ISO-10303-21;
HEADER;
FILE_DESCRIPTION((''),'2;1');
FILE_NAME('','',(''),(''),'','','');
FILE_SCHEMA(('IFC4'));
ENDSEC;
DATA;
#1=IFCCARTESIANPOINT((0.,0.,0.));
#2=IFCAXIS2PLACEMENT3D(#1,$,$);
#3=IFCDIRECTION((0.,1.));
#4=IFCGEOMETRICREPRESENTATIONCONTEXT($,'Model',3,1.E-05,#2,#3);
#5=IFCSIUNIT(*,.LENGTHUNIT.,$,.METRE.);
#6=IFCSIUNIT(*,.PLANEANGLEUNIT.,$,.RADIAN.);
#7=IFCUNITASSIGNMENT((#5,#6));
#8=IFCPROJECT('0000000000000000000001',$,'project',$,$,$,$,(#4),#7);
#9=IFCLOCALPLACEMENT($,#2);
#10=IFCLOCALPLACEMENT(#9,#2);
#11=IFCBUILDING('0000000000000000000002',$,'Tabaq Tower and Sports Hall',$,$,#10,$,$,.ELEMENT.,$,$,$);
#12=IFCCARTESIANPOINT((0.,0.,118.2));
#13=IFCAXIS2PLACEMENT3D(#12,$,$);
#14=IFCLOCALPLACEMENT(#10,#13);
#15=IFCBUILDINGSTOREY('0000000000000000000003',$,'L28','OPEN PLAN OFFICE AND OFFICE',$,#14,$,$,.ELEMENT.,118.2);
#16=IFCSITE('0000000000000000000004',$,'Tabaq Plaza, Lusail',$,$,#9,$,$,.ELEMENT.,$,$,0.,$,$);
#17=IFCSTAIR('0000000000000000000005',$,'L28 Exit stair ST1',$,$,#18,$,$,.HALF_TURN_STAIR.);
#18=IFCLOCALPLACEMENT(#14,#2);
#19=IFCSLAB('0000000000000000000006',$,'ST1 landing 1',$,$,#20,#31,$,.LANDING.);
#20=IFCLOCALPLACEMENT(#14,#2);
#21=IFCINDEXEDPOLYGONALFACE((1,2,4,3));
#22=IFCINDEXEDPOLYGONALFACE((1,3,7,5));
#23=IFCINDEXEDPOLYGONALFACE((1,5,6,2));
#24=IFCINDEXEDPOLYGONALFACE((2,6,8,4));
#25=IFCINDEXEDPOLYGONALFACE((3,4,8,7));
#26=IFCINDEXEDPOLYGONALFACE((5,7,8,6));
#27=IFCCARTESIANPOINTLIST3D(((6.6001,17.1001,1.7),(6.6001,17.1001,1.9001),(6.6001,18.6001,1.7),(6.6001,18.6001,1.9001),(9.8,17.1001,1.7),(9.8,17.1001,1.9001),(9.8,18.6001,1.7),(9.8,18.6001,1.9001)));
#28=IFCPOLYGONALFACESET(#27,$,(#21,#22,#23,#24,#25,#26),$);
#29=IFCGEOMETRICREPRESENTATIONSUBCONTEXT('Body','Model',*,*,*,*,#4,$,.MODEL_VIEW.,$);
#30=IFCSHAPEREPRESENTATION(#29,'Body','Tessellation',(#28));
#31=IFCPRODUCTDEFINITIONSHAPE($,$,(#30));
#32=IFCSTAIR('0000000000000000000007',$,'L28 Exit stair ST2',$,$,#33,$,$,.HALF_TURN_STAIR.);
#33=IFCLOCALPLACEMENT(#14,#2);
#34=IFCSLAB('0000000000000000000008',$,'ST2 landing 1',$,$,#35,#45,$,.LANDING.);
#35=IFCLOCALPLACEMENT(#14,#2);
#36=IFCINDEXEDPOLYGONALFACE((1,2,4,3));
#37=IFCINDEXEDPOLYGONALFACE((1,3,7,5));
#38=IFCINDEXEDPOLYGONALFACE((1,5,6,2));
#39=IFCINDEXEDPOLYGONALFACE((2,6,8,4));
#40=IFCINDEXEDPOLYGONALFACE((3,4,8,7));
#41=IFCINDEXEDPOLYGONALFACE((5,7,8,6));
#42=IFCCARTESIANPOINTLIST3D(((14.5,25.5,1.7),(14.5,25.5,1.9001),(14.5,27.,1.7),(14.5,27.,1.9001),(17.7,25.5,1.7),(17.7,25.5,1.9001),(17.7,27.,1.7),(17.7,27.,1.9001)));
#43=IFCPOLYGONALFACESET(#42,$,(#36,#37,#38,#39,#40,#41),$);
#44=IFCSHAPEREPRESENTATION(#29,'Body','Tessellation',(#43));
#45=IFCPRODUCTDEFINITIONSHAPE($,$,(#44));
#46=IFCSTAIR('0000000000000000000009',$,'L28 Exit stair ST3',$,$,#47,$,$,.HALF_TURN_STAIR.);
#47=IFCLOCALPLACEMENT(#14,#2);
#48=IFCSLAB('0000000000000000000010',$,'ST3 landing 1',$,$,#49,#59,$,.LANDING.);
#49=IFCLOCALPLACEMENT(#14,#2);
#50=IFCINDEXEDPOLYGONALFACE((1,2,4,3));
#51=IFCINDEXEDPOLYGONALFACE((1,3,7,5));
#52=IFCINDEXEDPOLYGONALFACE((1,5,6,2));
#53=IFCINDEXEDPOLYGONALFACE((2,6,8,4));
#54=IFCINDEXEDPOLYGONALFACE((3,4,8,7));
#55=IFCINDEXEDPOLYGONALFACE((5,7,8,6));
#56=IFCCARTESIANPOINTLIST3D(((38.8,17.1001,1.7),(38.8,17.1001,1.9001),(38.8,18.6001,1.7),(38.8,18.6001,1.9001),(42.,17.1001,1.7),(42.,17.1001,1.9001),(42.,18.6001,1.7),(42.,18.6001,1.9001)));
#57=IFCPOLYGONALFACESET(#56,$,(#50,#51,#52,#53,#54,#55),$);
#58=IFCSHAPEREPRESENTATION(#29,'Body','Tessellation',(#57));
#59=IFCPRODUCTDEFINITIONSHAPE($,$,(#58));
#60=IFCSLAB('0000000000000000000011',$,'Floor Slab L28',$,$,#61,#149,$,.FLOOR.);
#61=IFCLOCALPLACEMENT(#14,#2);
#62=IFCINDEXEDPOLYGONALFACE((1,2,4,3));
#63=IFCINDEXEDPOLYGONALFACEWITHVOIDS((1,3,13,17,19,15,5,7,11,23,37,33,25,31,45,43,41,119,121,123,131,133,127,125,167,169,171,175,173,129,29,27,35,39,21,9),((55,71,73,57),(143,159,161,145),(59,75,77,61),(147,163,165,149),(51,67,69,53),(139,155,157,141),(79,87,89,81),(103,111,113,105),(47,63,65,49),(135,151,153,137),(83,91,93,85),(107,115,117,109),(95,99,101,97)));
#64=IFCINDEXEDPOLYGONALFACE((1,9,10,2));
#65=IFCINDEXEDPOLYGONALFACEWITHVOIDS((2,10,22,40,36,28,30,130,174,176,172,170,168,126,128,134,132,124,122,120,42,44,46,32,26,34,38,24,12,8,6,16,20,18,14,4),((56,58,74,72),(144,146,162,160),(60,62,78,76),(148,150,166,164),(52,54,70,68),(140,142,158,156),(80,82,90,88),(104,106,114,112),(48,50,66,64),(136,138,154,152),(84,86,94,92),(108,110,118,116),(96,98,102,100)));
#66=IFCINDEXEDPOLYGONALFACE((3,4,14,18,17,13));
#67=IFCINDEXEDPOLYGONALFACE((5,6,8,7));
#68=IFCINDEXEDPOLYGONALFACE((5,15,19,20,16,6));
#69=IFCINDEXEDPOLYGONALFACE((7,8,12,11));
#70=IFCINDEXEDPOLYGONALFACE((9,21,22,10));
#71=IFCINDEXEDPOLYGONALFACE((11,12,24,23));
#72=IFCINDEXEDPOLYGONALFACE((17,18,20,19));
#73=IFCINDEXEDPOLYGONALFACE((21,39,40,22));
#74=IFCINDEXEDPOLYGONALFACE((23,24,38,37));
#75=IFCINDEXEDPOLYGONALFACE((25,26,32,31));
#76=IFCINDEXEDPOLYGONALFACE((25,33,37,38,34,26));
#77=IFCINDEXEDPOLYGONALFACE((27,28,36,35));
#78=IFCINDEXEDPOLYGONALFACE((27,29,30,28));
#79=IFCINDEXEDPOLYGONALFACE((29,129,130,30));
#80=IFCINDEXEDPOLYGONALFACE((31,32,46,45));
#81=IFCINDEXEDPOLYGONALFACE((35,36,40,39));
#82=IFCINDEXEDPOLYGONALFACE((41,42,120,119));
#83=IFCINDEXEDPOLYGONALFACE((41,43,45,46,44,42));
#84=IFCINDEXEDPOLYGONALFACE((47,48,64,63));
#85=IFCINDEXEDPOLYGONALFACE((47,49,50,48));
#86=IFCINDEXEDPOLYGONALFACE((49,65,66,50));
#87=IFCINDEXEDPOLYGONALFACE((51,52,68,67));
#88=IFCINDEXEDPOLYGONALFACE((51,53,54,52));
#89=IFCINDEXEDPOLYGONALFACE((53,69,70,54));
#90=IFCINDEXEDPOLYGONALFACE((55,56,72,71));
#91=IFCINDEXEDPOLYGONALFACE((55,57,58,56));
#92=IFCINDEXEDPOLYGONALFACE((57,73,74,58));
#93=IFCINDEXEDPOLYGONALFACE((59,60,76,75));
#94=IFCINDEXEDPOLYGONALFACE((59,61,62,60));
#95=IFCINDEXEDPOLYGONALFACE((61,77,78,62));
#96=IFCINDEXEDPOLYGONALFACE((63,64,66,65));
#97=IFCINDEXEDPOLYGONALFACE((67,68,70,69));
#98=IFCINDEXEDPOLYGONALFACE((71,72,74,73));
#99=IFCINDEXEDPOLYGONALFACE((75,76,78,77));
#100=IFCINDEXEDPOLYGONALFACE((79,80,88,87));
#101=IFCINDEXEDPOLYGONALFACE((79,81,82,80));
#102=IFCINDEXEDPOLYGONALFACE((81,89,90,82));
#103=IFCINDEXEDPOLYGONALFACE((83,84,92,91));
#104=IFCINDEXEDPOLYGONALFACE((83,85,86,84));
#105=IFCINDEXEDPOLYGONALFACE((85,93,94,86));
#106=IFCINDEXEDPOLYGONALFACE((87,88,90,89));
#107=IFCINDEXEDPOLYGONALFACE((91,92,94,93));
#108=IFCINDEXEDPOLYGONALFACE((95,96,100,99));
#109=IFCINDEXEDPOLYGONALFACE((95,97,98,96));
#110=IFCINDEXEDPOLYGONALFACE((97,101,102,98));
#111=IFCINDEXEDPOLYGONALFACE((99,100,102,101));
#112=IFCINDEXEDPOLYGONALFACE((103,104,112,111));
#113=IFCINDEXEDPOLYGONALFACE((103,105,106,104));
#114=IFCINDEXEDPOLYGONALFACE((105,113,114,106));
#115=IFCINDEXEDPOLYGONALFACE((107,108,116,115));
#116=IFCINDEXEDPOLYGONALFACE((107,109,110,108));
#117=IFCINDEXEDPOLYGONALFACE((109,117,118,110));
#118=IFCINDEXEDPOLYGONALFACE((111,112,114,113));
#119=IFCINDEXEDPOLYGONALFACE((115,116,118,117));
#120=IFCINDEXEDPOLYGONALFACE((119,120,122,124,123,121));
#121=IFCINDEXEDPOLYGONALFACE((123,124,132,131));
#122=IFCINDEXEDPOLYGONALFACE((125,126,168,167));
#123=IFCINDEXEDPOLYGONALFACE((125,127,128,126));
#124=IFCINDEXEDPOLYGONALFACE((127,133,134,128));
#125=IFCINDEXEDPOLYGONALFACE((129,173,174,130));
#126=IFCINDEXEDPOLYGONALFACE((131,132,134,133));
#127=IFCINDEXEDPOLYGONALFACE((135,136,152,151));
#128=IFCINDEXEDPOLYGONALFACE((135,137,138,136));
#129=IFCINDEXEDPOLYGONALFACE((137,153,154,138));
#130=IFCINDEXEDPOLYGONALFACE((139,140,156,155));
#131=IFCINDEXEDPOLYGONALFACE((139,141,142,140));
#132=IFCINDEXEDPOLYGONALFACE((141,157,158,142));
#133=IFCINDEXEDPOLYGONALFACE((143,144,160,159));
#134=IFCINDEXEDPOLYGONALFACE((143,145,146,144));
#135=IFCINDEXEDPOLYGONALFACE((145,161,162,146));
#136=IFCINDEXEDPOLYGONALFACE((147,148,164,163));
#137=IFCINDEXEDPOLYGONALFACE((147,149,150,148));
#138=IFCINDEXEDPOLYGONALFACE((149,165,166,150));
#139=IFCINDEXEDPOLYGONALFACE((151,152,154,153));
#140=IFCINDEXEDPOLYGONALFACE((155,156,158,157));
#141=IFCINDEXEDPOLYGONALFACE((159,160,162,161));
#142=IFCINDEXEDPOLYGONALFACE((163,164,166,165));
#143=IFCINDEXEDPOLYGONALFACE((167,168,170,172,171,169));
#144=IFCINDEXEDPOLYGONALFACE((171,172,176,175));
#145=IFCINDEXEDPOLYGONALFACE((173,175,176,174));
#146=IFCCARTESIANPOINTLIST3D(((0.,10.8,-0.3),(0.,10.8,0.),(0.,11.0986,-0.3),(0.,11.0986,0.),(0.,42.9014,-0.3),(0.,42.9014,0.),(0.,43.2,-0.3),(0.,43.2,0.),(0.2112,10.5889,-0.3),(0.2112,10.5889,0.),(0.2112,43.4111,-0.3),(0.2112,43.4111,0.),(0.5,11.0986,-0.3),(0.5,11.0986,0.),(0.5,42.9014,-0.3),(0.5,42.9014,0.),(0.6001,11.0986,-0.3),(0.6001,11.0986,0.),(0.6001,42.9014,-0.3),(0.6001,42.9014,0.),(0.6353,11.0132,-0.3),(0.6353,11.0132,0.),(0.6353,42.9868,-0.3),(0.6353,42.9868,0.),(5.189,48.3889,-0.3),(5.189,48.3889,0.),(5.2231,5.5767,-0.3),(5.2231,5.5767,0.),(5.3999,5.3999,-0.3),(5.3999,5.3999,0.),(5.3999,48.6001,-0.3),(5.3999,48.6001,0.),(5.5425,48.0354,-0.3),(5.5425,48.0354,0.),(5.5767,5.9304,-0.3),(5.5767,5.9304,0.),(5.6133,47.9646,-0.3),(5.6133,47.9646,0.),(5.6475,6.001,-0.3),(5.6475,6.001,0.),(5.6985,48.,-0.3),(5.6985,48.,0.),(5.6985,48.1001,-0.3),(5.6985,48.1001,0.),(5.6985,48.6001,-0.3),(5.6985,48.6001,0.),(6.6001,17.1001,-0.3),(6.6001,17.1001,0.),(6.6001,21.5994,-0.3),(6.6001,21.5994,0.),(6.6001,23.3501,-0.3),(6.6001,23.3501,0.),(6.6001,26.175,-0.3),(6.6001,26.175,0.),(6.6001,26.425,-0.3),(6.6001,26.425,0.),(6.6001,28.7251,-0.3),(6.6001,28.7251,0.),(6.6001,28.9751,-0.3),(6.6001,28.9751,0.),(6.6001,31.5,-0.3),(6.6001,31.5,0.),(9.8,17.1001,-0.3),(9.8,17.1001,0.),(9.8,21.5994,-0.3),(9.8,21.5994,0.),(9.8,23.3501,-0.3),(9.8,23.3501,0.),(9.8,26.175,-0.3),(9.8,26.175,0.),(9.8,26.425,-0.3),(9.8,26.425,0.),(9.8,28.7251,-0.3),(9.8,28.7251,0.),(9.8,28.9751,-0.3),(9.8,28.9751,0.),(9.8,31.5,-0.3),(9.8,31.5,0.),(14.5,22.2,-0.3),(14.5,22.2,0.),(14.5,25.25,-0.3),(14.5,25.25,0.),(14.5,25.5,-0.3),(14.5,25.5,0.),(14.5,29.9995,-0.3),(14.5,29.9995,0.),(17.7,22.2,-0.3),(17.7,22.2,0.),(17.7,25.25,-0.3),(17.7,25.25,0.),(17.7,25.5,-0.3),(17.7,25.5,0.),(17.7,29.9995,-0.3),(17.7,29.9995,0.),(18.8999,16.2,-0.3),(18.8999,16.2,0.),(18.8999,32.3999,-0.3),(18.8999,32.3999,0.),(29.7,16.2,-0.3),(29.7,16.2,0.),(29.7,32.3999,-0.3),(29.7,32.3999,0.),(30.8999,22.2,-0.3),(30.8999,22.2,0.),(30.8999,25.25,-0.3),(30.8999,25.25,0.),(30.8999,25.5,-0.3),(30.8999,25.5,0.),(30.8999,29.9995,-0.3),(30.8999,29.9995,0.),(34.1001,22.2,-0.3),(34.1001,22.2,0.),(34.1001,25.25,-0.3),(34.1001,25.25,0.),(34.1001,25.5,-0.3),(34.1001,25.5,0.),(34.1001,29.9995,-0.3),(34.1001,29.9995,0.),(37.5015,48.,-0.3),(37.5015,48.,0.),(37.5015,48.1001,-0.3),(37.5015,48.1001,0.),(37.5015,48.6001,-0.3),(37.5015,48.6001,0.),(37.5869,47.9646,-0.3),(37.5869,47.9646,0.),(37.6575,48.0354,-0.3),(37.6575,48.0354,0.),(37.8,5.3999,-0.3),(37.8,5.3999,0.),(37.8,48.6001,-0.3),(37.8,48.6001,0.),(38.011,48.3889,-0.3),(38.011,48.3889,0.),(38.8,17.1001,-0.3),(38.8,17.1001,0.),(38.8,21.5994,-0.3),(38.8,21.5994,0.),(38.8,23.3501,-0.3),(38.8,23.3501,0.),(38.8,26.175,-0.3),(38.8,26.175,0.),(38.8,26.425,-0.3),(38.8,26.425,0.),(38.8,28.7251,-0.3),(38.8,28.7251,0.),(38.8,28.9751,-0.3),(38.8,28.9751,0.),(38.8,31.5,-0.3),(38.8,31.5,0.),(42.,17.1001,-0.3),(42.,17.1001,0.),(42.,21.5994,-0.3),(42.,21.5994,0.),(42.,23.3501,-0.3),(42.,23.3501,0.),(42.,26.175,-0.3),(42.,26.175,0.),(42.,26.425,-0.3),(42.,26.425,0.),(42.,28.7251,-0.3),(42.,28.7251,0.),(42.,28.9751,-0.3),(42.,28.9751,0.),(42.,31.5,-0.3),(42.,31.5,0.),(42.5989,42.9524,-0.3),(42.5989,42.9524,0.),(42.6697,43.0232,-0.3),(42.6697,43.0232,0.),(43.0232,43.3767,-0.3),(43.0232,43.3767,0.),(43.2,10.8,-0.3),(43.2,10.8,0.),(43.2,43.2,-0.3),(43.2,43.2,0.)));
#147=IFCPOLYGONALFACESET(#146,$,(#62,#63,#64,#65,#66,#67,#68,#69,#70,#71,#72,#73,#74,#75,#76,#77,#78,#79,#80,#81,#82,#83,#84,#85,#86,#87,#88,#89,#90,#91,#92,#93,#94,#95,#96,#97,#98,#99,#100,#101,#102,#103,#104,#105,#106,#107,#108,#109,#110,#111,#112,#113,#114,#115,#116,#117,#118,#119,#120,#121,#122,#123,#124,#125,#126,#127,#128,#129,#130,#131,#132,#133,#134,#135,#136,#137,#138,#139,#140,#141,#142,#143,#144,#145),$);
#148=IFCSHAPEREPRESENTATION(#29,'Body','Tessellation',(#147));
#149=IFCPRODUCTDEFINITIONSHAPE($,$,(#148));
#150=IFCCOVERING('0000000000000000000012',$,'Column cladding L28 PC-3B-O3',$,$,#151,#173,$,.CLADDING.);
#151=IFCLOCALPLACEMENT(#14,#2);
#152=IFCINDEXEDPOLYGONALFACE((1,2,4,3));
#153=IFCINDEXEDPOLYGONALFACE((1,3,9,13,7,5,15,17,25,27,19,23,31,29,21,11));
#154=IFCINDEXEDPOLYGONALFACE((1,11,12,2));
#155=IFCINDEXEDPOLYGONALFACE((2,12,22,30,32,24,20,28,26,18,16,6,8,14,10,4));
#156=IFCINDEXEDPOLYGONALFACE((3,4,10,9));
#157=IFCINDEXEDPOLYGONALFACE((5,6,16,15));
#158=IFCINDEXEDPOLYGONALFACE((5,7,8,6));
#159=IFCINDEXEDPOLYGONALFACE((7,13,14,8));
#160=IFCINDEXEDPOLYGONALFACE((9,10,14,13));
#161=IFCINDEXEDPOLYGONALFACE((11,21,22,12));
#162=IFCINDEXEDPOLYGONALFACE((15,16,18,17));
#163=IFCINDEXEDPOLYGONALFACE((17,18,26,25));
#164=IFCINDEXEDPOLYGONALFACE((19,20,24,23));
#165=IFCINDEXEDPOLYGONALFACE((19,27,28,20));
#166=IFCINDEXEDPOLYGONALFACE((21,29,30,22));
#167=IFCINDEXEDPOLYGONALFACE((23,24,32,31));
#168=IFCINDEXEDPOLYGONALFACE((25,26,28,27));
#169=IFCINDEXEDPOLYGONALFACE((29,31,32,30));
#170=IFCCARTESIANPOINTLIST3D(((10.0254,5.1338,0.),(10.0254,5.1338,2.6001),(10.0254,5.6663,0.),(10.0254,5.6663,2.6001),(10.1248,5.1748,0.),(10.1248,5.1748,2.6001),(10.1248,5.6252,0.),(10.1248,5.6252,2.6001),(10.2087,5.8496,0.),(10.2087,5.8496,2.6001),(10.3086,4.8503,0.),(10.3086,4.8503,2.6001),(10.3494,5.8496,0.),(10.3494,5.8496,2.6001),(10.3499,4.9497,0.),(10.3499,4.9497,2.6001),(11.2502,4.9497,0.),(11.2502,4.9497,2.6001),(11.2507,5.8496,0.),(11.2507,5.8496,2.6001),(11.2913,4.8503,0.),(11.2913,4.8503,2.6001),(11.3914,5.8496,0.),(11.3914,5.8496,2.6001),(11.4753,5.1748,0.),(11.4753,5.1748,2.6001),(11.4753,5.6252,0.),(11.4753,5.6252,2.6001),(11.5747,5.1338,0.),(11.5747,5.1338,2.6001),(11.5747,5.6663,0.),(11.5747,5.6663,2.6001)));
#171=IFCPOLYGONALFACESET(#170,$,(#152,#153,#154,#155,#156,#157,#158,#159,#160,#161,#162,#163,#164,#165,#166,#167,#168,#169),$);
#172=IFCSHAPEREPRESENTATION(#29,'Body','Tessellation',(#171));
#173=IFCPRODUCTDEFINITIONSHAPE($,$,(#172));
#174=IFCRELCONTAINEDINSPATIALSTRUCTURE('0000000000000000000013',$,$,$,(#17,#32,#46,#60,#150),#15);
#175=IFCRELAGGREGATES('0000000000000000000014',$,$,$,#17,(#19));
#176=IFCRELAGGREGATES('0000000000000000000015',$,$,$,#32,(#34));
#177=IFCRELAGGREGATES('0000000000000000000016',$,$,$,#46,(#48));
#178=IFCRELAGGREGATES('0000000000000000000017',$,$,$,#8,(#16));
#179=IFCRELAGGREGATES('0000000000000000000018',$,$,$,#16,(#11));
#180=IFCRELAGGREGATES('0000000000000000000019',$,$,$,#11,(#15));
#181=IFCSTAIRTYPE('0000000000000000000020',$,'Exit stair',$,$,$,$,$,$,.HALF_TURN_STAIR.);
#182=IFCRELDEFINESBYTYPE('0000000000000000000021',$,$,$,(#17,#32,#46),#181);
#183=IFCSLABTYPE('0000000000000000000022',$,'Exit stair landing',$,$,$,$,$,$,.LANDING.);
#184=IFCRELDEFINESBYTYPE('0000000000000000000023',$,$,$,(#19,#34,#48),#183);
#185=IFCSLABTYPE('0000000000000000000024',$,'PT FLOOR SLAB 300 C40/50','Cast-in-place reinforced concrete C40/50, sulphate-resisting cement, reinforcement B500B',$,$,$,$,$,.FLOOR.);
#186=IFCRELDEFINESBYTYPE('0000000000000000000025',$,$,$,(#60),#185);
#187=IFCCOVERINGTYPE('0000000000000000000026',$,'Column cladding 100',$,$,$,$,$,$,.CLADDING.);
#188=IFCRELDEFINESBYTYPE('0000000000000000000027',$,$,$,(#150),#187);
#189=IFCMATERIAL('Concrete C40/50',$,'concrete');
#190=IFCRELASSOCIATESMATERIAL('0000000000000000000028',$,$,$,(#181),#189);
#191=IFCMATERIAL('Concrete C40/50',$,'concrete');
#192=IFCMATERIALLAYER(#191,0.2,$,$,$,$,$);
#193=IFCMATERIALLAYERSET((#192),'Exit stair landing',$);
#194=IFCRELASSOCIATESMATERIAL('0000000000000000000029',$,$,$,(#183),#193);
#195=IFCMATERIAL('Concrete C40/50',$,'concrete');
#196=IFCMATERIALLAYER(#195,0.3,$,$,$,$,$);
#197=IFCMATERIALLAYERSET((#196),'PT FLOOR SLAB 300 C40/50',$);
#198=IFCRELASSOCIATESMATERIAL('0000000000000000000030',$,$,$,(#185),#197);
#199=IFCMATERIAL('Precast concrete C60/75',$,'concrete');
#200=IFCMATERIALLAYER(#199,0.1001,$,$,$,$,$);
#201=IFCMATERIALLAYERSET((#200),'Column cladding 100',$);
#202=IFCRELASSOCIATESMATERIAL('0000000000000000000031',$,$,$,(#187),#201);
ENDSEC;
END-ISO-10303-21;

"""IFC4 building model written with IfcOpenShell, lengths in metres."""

from ifc_helpers import new_model, si_unit, direction, frame, origin, place, context, subcontext, project, spatial, polyline, outline, extrude, material, layer, layer_set, type_object, element, aggregate, save


model = new_model("IFC4")

# Units and contexts
model_context = context("Model", 3, precision=1e-05, world=origin(), true_north=direction((0.0, 1.0)))
body_context = subcontext(model_context, "Body", "Model", "MODEL_VIEW")
ifc_project = project(units=[si_unit("LENGTHUNIT", "METRE"), si_unit("PLANEANGLEUNIT", "RADIAN")], contexts=[model_context])

# Site, building, storey
site_placement = place(None, origin())
site = spatial("IfcSite", under=ifc_project, at=site_placement, Name="Tabaq Plaza, Lusail", CompositionType="ELEMENT", RefElevation=0.0)
building_placement = place(site_placement, origin())
building = spatial("IfcBuilding", under=site, at=building_placement, Name="Tabaq Tower and Sports Hall", CompositionType="ELEMENT")
storey_placement = place(building_placement, frame((0.0, 0.0, 118.2)))
storey = spatial("IfcBuildingStorey", under=building, at=storey_placement, Name="L28", Description="OPEN PLAN OFFICE AND OFFICE", CompositionType="ELEMENT", Elevation=118.2)

# Stairs, slabs
ifc_material_1 = material(Name="Concrete C40/50", Category="concrete")
stair_type = type_object("IfcStairType", Name="Exit stair", PredefinedType="HALF_TURN_STAIR", material=ifc_material_1)
stair_1_placement = place(storey_placement, origin())
stair_1 = element("IfcStair", 1, at=stair_1_placement, inside=storey, type_object=stair_type, Name="L28 Exit stair ST1", PredefinedType="HALF_TURN_STAIR")
ifc_material_2 = material(Name="Concrete C40/50", Category="concrete")
ifc_layer_1 = layer(ifc_material_2, 0.2)
ifc_layer_set_1 = layer_set([ifc_layer_1], Name="Exit stair landing")
slab_type_1 = type_object("IfcSlabType", Name="Exit stair landing", PredefinedType="LANDING", material=ifc_layer_set_1)
slab_1_placement = place(storey_placement, frame((0.0, 0.0, 1.7)))
slab_1 = element("IfcSlab", 2, at=slab_1_placement, type_object=slab_type_1, Name="ST1 landing 1", PredefinedType="LANDING", context=body_context, shape_type="SweptSolid", body=[
    extrude(outline(polyline([(6.6001, 18.6001), (6.6001, 17.1001), (9.8, 17.1001), (9.8, 18.6001), (6.6001, 18.6001)])), origin(), (0.0, 0.0, 1.0), 0.2002),
])
aggregate(stair_1, [slab_1])
stair_2_placement = place(storey_placement, origin())
stair_2 = element("IfcStair", 3, at=stair_2_placement, inside=storey, type_object=stair_type, Name="L28 Exit stair ST2", PredefinedType="HALF_TURN_STAIR")
slab_2_placement = place(storey_placement, frame((0.0, 0.0, 1.7)))
slab_2 = element("IfcSlab", 4, at=slab_2_placement, type_object=slab_type_1, Name="ST2 landing 1", PredefinedType="LANDING", context=body_context, shape_type="SweptSolid", body=[
    extrude(outline(polyline([(14.5, 27.0), (14.5, 25.5), (17.7, 25.5), (17.7, 27.0), (14.5, 27.0)])), origin(), (0.0, 0.0, 1.0), 0.2002),
])
aggregate(stair_2, [slab_2])
stair_3_placement = place(storey_placement, origin())
stair_3 = element("IfcStair", 5, at=stair_3_placement, inside=storey, type_object=stair_type, Name="L28 Exit stair ST3", PredefinedType="HALF_TURN_STAIR")
slab_3_placement = place(storey_placement, frame((0.0, 0.0, 1.7)))
slab_3 = element("IfcSlab", 6, at=slab_3_placement, type_object=slab_type_1, Name="ST3 landing 1", PredefinedType="LANDING", context=body_context, shape_type="SweptSolid", body=[
    extrude(outline(polyline([(38.8, 18.6001), (38.8, 17.1001), (42.0, 17.1001), (42.0, 18.6001), (38.8, 18.6001)])), origin(), (0.0, 0.0, 1.0), 0.2002),
])
aggregate(stair_3, [slab_3])

# Slab
ifc_material_3 = material(Name="Concrete C40/50", Category="concrete")
ifc_layer_2 = layer(ifc_material_3, 0.3)
ifc_layer_set_2 = layer_set([ifc_layer_2], Name="PT FLOOR SLAB 300 C40/50")
slab_type_2 = type_object("IfcSlabType", Name="PT FLOOR SLAB 300 C40/50", Description="Cast-in-place reinforced concrete C40/50, sulphate-resisting cement, reinforcement B500B", PredefinedType="FLOOR", material=ifc_layer_set_2)
slab_4_placement = place(storey_placement, frame((0.0, 0.0, -0.3)))
element("IfcSlab", 7, at=slab_4_placement, inside=storey, type_object=slab_type_2, Name="Floor Slab L28", PredefinedType="FLOOR", context=body_context, shape_type="SweptSolid", body=[
    extrude(outline(polyline([(0.0, 11.0986), (0.0, 10.8), (0.2112, 10.5889), (0.6353, 11.0132), (5.6475, 6.001), (5.5767, 5.9304), (5.2231, 5.5767), (5.3999, 5.3999), (37.8, 5.3999), (43.2, 10.8), (43.2, 43.2), (43.0232, 43.3767), (42.6697, 43.0232), (42.5989, 42.9524), (37.5869, 47.9646), (37.6575, 48.0354), (38.011, 48.3889), (37.8, 48.6001), (37.5015, 48.6001), (37.5015, 48.1001), (37.5015, 48.0), (5.6985, 48.0), (5.6985, 48.1001), (5.6985, 48.6001), (5.3999, 48.6001), (5.189, 48.3889), (5.5425, 48.0354), (5.6133, 47.9646), (0.6353, 42.9868), (0.2112, 43.4111), (0.0, 43.2), (0.0, 42.9014), (0.5, 42.9014), (0.6001, 42.9014), (0.6001, 11.0986), (0.5, 11.0986), (0.0, 11.0986)]), holes=[polyline([(6.6001, 21.5994), (9.8, 21.5994), (9.8, 17.1001), (6.6001, 17.1001), (6.6001, 21.5994)]), polyline([(17.7, 25.25), (17.7, 22.2), (14.5, 22.2), (14.5, 25.25), (17.7, 25.25)]), polyline([(18.8999, 32.3999), (29.7, 32.3999), (29.7, 16.2), (18.8999, 16.2), (18.8999, 32.3999)]), polyline([(6.6001, 26.175), (9.8, 26.175), (9.8, 23.3501), (6.6001, 23.3501), (6.6001, 26.175)]), polyline([(9.8, 28.7251), (9.8, 26.425), (6.6001, 26.425), (6.6001, 28.7251), (9.8, 28.7251)]), polyline([(17.7, 29.9995), (17.7, 25.5), (14.5, 25.5), (14.5, 29.9995), (17.7, 29.9995)]), polyline([(6.6001, 31.5), (9.8, 31.5), (9.8, 28.9751), (6.6001, 28.9751), (6.6001, 31.5)]), polyline([(42.0, 21.5994), (42.0, 17.1001), (38.8, 17.1001), (38.8, 21.5994), (42.0, 21.5994)]), polyline([(34.1001, 25.25), (34.1001, 22.2), (30.8999, 22.2), (30.8999, 25.25), (34.1001, 25.25)]), polyline([(42.0, 26.175), (42.0, 23.3501), (38.8, 23.3501), (38.8, 26.175), (42.0, 26.175)]), polyline([(42.0, 28.7251), (42.0, 26.425), (38.8, 26.425), (38.8, 28.7251), (42.0, 28.7251)]), polyline([(34.1001, 29.9995), (34.1001, 25.5), (30.8999, 25.5), (30.8999, 29.9995), (34.1001, 29.9995)]), polyline([(42.0, 31.5), (42.0, 28.9751), (38.8, 28.9751), (38.8, 31.5), (42.0, 31.5)])]), origin(), (0.0, 0.0, 1.0), 0.3),
])

# Covering
ifc_material_4 = material(Name="Precast concrete C60/75", Category="concrete")
ifc_layer_3 = layer(ifc_material_4, 0.1001)
ifc_layer_set_3 = layer_set([ifc_layer_3], Name="Column cladding 100")
covering_type = type_object("IfcCoveringType", Name="Column cladding 100", PredefinedType="CLADDING", material=ifc_layer_set_3)
covering_1_placement = place(storey_placement, origin())
element("IfcCovering", 8, at=covering_1_placement, inside=storey, type_object=covering_type, Name="Column cladding L28 PC-3B-O3", PredefinedType="CLADDING", context=body_context, shape_type="SweptSolid", body=[
    extrude(outline(polyline([(10.0254, 5.6663), (10.2087, 5.8496), (10.3494, 5.8496), (10.1248, 5.6252), (10.1248, 5.1748), (10.3499, 4.9497), (11.2502, 4.9497), (11.4753, 5.1748), (11.4753, 5.6252), (11.2507, 5.8496), (11.3914, 5.8496), (11.5747, 5.6663), (11.5747, 5.1338), (11.2913, 4.8503), (10.3086, 4.8503), (10.0254, 5.1338), (10.0254, 5.6663)])), origin(), (0.0, 0.0, 1.0), 2.6001),
])

save(model, "model.ifc")
